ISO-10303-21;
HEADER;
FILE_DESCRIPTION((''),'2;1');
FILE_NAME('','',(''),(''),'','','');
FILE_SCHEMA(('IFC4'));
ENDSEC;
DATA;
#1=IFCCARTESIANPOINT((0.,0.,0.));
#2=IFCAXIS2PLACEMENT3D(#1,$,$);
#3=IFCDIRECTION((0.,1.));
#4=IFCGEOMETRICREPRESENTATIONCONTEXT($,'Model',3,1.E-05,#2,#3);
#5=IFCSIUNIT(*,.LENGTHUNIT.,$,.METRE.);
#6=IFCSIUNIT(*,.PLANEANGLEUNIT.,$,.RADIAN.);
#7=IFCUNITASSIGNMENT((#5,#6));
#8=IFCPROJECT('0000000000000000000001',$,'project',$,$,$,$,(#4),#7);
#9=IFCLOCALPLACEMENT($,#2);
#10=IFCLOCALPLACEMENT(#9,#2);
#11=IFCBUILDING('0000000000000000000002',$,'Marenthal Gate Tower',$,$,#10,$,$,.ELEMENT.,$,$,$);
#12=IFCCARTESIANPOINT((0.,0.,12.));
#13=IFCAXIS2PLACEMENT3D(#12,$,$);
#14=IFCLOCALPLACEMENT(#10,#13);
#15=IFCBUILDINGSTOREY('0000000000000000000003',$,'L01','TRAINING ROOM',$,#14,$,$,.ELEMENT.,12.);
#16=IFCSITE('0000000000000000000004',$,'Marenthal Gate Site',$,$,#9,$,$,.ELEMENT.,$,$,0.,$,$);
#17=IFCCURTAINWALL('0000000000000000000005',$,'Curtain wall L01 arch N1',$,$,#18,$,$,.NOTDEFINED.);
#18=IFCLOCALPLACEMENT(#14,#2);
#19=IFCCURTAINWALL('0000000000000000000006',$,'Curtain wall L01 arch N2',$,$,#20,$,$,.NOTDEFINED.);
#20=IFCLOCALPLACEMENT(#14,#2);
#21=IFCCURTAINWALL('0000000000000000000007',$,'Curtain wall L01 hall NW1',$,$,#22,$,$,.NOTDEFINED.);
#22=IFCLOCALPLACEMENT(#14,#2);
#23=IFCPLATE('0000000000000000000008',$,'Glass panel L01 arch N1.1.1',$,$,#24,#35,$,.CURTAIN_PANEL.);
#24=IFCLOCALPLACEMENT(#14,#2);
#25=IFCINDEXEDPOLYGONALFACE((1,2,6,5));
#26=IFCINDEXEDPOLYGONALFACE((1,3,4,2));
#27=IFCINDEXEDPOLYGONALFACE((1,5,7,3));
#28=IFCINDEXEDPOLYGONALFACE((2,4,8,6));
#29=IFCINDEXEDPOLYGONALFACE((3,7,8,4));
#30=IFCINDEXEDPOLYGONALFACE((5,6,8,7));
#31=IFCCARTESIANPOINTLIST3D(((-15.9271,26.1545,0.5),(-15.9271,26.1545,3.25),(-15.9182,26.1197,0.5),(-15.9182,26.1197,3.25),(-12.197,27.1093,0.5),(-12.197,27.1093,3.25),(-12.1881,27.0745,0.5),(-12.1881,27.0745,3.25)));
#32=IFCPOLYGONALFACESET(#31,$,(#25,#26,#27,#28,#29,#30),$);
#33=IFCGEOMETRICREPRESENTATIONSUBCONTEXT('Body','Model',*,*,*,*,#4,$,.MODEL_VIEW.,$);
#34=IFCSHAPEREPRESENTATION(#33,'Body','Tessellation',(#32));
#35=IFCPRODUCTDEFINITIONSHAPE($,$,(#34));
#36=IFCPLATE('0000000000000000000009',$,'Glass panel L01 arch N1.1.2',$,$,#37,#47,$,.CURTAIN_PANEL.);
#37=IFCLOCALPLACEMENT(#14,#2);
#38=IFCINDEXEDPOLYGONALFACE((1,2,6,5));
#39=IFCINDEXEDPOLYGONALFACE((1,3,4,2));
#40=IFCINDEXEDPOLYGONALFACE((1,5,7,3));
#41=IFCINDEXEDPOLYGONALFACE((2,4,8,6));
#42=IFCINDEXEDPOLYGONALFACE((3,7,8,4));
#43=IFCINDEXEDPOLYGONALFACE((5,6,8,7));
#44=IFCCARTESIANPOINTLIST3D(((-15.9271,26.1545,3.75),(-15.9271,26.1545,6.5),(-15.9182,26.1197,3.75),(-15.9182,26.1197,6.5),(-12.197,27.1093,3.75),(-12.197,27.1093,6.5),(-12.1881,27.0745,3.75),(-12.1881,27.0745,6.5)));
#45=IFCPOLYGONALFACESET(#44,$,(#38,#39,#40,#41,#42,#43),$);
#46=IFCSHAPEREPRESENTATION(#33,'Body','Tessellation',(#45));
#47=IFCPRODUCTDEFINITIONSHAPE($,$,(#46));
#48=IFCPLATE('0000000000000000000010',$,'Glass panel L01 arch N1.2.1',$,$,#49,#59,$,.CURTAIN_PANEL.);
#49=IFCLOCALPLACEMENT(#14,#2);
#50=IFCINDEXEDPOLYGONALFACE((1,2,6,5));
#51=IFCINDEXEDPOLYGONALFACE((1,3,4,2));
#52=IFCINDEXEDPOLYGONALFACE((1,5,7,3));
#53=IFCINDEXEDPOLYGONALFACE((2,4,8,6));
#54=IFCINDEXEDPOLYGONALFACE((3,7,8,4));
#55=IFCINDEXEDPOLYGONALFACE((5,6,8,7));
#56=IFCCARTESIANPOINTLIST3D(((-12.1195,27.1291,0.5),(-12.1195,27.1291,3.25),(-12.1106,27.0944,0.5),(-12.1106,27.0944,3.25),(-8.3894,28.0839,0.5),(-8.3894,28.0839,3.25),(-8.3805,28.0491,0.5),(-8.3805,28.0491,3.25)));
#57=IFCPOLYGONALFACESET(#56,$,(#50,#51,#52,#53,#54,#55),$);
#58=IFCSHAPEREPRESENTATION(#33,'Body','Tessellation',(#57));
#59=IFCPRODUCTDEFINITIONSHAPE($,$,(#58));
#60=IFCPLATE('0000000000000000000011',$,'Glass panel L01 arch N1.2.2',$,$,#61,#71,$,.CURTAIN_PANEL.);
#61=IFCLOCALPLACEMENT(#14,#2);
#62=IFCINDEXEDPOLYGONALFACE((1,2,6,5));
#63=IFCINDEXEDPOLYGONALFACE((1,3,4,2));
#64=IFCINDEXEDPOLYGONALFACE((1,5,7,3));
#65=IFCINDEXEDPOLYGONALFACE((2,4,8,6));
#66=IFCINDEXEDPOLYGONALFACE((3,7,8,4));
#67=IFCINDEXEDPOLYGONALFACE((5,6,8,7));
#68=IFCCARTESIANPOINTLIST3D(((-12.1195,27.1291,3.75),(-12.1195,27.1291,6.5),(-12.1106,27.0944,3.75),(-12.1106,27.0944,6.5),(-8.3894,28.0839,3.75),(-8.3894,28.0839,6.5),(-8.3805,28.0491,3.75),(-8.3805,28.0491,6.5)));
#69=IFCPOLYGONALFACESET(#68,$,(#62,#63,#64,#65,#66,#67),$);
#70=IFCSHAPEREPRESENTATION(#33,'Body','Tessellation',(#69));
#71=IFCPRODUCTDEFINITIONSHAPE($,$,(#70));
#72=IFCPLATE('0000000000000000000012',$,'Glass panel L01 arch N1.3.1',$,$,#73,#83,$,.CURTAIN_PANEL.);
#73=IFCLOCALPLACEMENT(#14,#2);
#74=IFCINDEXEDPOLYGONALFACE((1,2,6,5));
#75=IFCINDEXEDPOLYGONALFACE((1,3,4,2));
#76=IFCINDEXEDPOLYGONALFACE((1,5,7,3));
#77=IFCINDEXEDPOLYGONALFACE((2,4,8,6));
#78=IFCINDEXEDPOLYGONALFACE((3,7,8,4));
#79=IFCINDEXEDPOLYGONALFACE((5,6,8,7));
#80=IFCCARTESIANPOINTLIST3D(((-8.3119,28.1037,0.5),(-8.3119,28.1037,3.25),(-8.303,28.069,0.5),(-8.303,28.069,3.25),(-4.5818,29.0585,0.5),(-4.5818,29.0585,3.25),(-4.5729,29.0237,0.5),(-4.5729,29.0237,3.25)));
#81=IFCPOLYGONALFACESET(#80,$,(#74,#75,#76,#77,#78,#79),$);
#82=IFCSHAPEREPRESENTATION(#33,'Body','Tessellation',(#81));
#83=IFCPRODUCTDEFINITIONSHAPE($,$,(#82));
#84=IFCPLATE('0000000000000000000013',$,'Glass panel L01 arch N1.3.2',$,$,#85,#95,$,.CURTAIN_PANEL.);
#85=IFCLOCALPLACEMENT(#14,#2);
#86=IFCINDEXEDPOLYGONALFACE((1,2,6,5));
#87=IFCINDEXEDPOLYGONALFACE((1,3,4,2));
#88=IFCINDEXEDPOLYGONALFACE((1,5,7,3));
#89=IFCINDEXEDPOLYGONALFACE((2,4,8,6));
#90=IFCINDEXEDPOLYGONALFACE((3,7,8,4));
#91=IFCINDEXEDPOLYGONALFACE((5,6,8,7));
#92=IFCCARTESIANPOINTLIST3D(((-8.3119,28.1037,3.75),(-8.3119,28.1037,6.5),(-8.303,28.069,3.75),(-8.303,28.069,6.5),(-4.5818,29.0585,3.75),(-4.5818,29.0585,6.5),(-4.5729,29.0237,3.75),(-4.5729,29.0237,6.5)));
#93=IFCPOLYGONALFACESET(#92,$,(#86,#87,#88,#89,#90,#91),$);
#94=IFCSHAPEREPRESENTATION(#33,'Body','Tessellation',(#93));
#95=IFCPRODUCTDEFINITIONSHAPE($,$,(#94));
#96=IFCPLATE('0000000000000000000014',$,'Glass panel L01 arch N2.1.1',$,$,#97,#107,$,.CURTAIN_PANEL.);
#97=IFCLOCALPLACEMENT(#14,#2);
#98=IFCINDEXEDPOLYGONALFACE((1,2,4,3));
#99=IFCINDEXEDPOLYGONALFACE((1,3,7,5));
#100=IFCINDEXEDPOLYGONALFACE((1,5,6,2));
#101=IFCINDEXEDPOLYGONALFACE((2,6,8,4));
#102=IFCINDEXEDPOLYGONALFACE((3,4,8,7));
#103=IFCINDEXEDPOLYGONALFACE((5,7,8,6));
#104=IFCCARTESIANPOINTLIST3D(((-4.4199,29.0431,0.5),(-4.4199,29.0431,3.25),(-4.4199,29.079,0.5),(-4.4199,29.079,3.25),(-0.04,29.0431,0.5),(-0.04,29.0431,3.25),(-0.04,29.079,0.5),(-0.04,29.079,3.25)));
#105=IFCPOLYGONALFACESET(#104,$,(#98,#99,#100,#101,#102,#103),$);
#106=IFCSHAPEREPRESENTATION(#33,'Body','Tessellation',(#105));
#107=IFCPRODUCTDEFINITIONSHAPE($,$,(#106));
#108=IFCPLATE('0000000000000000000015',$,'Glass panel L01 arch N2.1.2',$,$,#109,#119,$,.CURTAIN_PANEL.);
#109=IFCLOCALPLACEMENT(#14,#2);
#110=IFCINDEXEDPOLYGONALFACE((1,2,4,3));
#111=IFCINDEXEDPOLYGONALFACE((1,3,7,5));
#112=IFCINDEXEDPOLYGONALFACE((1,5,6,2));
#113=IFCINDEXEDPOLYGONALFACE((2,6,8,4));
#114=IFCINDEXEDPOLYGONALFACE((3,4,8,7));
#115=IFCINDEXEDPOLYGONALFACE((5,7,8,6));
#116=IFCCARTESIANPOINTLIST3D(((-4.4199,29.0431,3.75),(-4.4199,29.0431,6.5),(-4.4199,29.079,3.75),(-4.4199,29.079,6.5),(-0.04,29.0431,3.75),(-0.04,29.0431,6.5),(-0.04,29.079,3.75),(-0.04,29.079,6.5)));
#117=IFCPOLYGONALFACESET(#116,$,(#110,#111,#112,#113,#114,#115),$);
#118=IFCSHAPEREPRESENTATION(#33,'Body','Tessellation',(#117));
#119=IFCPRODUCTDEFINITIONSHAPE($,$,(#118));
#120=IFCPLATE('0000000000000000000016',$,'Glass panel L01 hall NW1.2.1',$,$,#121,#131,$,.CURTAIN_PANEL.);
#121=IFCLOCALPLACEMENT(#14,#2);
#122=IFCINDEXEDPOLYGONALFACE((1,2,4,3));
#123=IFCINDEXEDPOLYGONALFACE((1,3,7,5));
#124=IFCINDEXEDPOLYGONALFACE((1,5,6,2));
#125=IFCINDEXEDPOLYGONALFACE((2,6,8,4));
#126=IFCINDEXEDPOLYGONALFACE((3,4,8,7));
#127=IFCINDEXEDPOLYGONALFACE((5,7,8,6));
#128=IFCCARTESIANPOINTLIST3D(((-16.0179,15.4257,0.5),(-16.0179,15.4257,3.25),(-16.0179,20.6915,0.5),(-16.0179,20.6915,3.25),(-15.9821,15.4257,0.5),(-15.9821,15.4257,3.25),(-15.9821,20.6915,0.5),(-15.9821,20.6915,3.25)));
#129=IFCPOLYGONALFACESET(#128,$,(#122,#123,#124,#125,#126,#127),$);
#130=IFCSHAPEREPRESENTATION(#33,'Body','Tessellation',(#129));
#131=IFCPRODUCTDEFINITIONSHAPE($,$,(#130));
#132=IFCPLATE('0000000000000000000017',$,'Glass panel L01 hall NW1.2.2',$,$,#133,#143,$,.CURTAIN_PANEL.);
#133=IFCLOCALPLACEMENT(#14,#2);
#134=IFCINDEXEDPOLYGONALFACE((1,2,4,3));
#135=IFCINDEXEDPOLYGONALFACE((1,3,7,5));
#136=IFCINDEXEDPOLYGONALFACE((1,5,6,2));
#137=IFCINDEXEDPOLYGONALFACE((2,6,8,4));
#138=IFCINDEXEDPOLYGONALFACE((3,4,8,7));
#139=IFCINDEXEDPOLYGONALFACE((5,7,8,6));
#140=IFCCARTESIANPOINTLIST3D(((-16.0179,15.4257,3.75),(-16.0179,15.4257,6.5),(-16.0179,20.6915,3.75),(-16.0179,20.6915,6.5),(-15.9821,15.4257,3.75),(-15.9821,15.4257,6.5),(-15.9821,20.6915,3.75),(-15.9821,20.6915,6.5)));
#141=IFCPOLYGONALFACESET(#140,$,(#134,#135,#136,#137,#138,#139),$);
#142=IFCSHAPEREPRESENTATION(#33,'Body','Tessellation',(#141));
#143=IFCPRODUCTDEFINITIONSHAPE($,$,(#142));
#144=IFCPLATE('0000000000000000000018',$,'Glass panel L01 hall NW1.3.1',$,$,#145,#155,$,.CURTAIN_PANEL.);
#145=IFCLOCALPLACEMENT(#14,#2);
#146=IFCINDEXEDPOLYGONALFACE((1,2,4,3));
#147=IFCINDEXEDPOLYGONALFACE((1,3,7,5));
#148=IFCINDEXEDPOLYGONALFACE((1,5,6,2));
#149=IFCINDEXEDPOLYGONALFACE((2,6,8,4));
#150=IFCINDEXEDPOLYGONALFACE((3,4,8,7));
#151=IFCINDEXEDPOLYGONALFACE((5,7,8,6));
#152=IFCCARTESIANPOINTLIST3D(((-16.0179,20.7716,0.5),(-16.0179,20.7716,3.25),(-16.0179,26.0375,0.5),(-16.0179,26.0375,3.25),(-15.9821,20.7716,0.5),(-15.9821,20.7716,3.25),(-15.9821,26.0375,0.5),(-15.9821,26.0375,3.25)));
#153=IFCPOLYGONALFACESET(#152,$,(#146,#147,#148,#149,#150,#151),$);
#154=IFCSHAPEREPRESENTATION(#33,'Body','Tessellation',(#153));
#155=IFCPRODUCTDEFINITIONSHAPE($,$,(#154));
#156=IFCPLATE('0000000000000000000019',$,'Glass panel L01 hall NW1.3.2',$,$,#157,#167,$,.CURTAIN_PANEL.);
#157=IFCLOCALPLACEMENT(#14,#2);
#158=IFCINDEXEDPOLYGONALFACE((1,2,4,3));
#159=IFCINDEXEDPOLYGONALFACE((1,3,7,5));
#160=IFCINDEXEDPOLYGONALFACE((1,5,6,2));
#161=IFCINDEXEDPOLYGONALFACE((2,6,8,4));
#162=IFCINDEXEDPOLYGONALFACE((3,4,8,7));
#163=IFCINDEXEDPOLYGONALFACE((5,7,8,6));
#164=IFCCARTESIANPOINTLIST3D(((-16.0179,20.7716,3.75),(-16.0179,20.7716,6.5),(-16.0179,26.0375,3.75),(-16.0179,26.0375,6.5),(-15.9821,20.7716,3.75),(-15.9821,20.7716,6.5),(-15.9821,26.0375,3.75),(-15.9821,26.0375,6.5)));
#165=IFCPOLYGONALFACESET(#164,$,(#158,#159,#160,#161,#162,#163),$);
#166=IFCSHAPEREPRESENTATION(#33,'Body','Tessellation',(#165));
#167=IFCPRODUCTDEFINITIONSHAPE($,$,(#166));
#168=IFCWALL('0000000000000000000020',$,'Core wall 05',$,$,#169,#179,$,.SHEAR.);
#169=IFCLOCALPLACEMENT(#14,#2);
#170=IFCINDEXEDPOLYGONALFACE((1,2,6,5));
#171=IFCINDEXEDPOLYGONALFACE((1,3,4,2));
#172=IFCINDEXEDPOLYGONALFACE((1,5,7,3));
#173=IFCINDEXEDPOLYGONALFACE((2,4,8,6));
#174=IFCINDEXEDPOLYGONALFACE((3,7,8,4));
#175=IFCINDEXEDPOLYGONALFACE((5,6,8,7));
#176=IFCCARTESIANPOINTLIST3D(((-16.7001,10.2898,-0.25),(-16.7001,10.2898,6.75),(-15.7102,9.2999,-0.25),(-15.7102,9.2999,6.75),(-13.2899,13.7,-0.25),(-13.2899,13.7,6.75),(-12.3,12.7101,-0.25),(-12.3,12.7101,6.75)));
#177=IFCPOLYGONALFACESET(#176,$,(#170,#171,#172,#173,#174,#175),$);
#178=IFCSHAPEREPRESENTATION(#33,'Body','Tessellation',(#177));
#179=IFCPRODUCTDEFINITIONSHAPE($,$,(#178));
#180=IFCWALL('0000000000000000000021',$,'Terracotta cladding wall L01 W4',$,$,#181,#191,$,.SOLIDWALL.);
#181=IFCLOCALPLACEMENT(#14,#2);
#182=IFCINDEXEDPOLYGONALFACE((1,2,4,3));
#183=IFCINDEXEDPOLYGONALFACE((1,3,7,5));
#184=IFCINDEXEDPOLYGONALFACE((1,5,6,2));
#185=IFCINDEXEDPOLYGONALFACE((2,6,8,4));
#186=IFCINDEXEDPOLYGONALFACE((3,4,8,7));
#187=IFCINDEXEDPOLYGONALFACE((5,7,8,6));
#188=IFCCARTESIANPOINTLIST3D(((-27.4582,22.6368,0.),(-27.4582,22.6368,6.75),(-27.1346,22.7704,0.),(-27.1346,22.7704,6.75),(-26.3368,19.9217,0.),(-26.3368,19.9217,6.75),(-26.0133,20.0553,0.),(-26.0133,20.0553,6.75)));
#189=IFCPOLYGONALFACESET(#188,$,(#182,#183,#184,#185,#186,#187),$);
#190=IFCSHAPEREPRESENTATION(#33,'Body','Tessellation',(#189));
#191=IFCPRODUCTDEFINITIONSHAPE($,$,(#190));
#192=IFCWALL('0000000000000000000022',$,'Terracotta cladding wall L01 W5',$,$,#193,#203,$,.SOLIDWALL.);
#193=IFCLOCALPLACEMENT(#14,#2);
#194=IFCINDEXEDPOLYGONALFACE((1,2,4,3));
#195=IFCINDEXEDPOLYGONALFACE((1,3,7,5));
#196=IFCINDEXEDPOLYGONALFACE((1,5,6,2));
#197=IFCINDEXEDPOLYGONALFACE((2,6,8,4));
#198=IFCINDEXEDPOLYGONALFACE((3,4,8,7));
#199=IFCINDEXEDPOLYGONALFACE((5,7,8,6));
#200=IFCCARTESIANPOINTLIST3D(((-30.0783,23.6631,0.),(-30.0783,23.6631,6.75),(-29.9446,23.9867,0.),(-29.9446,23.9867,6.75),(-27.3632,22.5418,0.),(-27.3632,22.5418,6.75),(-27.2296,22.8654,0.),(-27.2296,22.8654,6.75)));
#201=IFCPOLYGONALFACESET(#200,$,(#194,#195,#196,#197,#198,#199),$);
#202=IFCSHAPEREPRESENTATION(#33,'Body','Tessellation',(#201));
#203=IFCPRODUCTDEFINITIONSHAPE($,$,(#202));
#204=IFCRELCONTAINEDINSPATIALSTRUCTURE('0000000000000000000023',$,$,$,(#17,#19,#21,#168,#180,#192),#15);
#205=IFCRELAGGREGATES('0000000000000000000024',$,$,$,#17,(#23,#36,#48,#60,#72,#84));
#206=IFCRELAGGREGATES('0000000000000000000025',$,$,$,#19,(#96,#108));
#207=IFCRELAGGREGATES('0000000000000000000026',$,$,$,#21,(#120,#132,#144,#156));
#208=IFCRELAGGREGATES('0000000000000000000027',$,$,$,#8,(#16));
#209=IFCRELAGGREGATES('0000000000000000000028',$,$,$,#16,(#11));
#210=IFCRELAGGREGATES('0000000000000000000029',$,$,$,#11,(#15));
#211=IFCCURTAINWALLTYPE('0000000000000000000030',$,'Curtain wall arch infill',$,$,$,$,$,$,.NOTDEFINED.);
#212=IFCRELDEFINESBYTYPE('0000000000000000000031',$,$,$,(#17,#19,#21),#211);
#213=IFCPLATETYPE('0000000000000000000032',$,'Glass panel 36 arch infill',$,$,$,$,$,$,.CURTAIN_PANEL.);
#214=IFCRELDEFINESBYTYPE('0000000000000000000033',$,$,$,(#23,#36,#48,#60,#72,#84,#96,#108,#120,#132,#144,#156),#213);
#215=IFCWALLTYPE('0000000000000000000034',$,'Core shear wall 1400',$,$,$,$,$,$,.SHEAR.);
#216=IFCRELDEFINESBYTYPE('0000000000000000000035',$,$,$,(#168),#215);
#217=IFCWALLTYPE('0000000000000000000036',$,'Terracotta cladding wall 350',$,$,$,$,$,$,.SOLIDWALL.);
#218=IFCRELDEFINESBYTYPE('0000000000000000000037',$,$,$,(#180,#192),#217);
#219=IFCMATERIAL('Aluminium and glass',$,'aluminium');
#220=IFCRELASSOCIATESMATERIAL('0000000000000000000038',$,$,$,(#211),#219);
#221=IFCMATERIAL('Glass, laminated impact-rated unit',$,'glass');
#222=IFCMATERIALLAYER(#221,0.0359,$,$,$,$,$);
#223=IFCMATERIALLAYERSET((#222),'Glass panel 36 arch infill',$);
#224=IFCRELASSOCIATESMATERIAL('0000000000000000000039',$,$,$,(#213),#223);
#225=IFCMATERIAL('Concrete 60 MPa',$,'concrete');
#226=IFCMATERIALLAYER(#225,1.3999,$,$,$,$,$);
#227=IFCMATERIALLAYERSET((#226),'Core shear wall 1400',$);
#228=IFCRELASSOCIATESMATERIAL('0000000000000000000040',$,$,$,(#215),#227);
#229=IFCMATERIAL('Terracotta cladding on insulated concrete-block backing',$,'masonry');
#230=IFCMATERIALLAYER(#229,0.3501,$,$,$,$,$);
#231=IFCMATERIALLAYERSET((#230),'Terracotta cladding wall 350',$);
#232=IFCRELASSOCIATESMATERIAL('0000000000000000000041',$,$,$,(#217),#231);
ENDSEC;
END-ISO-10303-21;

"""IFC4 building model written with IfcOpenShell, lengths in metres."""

from ifc_helpers import new_model, si_unit, direction, frame, frame_2d, origin, origin_2d, place, context, subcontext, project, spatial, rectangle, extrude, material, layer, layer_set, type_object, element, aggregate, save


model = new_model("IFC4")

# Units and contexts
model_context = context("Model", 3, precision=1e-05, world=origin(), true_north=direction((0.0, 1.0)))
body_context = subcontext(model_context, "Body", "Model", "MODEL_VIEW")
ifc_project = project(units=[si_unit("LENGTHUNIT", "METRE"), si_unit("PLANEANGLEUNIT", "RADIAN")], contexts=[model_context])

# Site, building, storey
site_placement = place(None, origin())
site = spatial("IfcSite", under=ifc_project, at=site_placement, Name="Marenthal Gate Site", CompositionType="ELEMENT", RefElevation=0.0)
building_placement = place(site_placement, origin())
building = spatial("IfcBuilding", under=site, at=building_placement, Name="Marenthal Gate Tower", CompositionType="ELEMENT")
storey_placement = place(building_placement, frame((0.0, 0.0, 12.0)))
storey = spatial("IfcBuildingStorey", under=building, at=storey_placement, Name="L01", Description="TRAINING ROOM", CompositionType="ELEMENT", Elevation=12.0)

# Curtain wall
ifc_material_1 = material(Name="Aluminium and glass", Category="aluminium")
curtain_wall_type = type_object("IfcCurtainWallType", Name="Curtain wall arch infill", PredefinedType="NOTDEFINED", material=ifc_material_1)
curtain_wall_1_placement = place(storey_placement, origin())
curtain_wall_1 = element("IfcCurtainWall", 1, at=curtain_wall_1_placement, inside=storey, type_object=curtain_wall_type, Name="Curtain wall L01 arch N1", PredefinedType="NOTDEFINED")

# Curtain wall
curtain_wall_2_placement = place(storey_placement, origin())
curtain_wall_2 = element("IfcCurtainWall", 2, at=curtain_wall_2_placement, inside=storey, type_object=curtain_wall_type, Name="Curtain wall L01 arch N2", PredefinedType="NOTDEFINED")

# Curtain wall
curtain_wall_3_placement = place(storey_placement, origin())
curtain_wall_3 = element("IfcCurtainWall", 3, at=curtain_wall_3_placement, inside=storey, type_object=curtain_wall_type, Name="Curtain wall L01 hall NW1", PredefinedType="NOTDEFINED")

# Plates
ifc_material_2 = material(Name="Glass, laminated impact-rated unit", Category="glass")
ifc_layer_1 = layer(ifc_material_2, 0.0359)
ifc_layer_set_1 = layer_set([ifc_layer_1], Name="Glass panel 36 arch infill")
plate_type = type_object("IfcPlateType", Name="Glass panel 36 arch infill", PredefinedType="CURTAIN_PANEL", material=ifc_layer_set_1)
plate_1_placement = place(storey_placement, frame((-14.0576, 26.6145, 0.5), z_axis=(0.0, 0.0, 1.0), x_axis=(0.968769, 0.247965, 0.0)))
plate_1 = element("IfcPlate", 4, at=plate_1_placement, type_object=plate_type, Name="Glass panel L01 arch N1.1.1", PredefinedType="CURTAIN_PANEL", context=body_context, shape_type="SweptSolid", body=[
    extrude(rectangle(XDim=3.8503, YDim=0.0359, at=origin_2d()), origin(), (0.0, 0.0, 1.0), 2.75),
])
plate_2_placement = place(storey_placement, frame((-14.0576, 26.6145, 3.75), z_axis=(0.0, 0.0, 1.0), x_axis=(0.968769, 0.247965, 0.0)))
plate_2 = element("IfcPlate", 5, at=plate_2_placement, type_object=plate_type, Name="Glass panel L01 arch N1.1.2", PredefinedType="CURTAIN_PANEL", context=body_context, shape_type="SweptSolid", body=[
    extrude(rectangle(XDim=3.8503, YDim=0.0359, at=origin_2d()), origin(), (0.0, 0.0, 1.0), 2.75),
])
plate_3_placement = place(storey_placement, frame((-10.25, 27.5891, 0.5), z_axis=(0.0, 0.0, 1.0), x_axis=(0.968769, 0.247965, 0.0)))
plate_3 = element("IfcPlate", 6, at=plate_3_placement, type_object=plate_type, Name="Glass panel L01 arch N1.2.1", PredefinedType="CURTAIN_PANEL", context=body_context, shape_type="SweptSolid", body=[
    extrude(rectangle(XDim=3.8503, YDim=0.0359, at=origin_2d()), origin(), (0.0, 0.0, 1.0), 2.75),
])
plate_4_placement = place(storey_placement, frame((-10.25, 27.5891, 3.75), z_axis=(0.0, 0.0, 1.0), x_axis=(0.968769, 0.247965, 0.0)))
plate_4 = element("IfcPlate", 7, at=plate_4_placement, type_object=plate_type, Name="Glass panel L01 arch N1.2.2", PredefinedType="CURTAIN_PANEL", context=body_context, shape_type="SweptSolid", body=[
    extrude(rectangle(XDim=3.8503, YDim=0.0359, at=origin_2d()), origin(), (0.0, 0.0, 1.0), 2.75),
])
plate_5_placement = place(storey_placement, frame((-6.4424, 28.5637, 0.5), z_axis=(0.0, 0.0, 1.0), x_axis=(0.968769, 0.247965, 0.0)))
plate_5 = element("IfcPlate", 8, at=plate_5_placement, type_object=plate_type, Name="Glass panel L01 arch N1.3.1", PredefinedType="CURTAIN_PANEL", context=body_context, shape_type="SweptSolid", body=[
    extrude(rectangle(XDim=3.8503, YDim=0.0359, at=origin_2d()), origin(), (0.0, 0.0, 1.0), 2.75),
])
plate_6_placement = place(storey_placement, frame((-6.4424, 28.5637, 3.75), z_axis=(0.0, 0.0, 1.0), x_axis=(0.968769, 0.247965, 0.0)))
plate_6 = element("IfcPlate", 9, at=plate_6_placement, type_object=plate_type, Name="Glass panel L01 arch N1.3.2", PredefinedType="CURTAIN_PANEL", context=body_context, shape_type="SweptSolid", body=[
    extrude(rectangle(XDim=3.8503, YDim=0.0359, at=origin_2d()), origin(), (0.0, 0.0, 1.0), 2.75),
])
aggregate(curtain_wall_1, [plate_1, plate_2, plate_3, plate_4, plate_5, plate_6])
plate_7_placement = place(storey_placement, frame((-2.23, 29.061, 0.5), z_axis=(0.0, 0.0, 1.0), x_axis=(1.0, 0.0, 0.0)))
plate_7 = element("IfcPlate", 10, at=plate_7_placement, type_object=plate_type, Name="Glass panel L01 arch N2.1.1", PredefinedType="CURTAIN_PANEL", context=body_context, shape_type="SweptSolid", body=[
    extrude(rectangle(XDim=4.3799, YDim=0.0359, at=origin_2d()), origin(), (0.0, 0.0, 1.0), 2.75),
])
plate_8_placement = place(storey_placement, frame((-2.23, 29.061, 3.75), z_axis=(0.0, 0.0, 1.0), x_axis=(1.0, 0.0, 0.0)))
plate_8 = element("IfcPlate", 11, at=plate_8_placement, type_object=plate_type, Name="Glass panel L01 arch N2.1.2", PredefinedType="CURTAIN_PANEL", context=body_context, shape_type="SweptSolid", body=[
    extrude(rectangle(XDim=4.3799, YDim=0.0359, at=origin_2d()), origin(), (0.0, 0.0, 1.0), 2.75),
])
aggregate(curtain_wall_2, [plate_7, plate_8])
plate_9_placement = place(storey_placement, frame((-16.0, 18.0586, 0.5), z_axis=(0.0, 0.0, 1.0), x_axis=(0.0, 1.0, 0.0)))
plate_9 = element("IfcPlate", 12, at=plate_9_placement, type_object=plate_type, Name="Glass panel L01 hall NW1.2.1", PredefinedType="CURTAIN_PANEL", context=body_context, shape_type="SweptSolid", body=[
    extrude(rectangle(XDim=5.2659, YDim=0.0359, at=origin_2d()), origin(), (0.0, 0.0, 1.0), 2.75),
])
plate_10_placement = place(storey_placement, frame((-16.0, 18.0586, 3.75), z_axis=(0.0, 0.0, 1.0), x_axis=(0.0, 1.0, 0.0)))
plate_10 = element("IfcPlate", 13, at=plate_10_placement, type_object=plate_type, Name="Glass panel L01 hall NW1.2.2", PredefinedType="CURTAIN_PANEL", context=body_context, shape_type="SweptSolid", body=[
    extrude(rectangle(XDim=5.2659, YDim=0.0359, at=origin_2d()), origin(), (0.0, 0.0, 1.0), 2.75),
])
plate_11_placement = place(storey_placement, frame((-16.0, 23.4045, 0.5), z_axis=(0.0, 0.0, 1.0), x_axis=(0.0, 1.0, 0.0)))
plate_11 = element("IfcPlate", 14, at=plate_11_placement, type_object=plate_type, Name="Glass panel L01 hall NW1.3.1", PredefinedType="CURTAIN_PANEL", context=body_context, shape_type="SweptSolid", body=[
    extrude(rectangle(XDim=5.2659, YDim=0.0359, at=origin_2d()), origin(), (0.0, 0.0, 1.0), 2.75),
])
plate_12_placement = place(storey_placement, frame((-16.0, 23.4045, 3.75), z_axis=(0.0, 0.0, 1.0), x_axis=(0.0, 1.0, 0.0)))
plate_12 = element("IfcPlate", 15, at=plate_12_placement, type_object=plate_type, Name="Glass panel L01 hall NW1.3.2", PredefinedType="CURTAIN_PANEL", context=body_context, shape_type="SweptSolid", body=[
    extrude(rectangle(XDim=5.2659, YDim=0.0359, at=origin_2d()), origin(), (0.0, 0.0, 1.0), 2.75),
])
aggregate(curtain_wall_3, [plate_9, plate_10, plate_11, plate_12])

# Walls
ifc_material_3 = material(Name="Concrete 60 MPa", Category="concrete")
ifc_layer_2 = layer(ifc_material_3, 1.3999)
ifc_layer_set_2 = layer_set([ifc_layer_2], Name="Core shear wall 1400")
wall_type_1 = type_object("IfcWallType", Name="Core shear wall 1400", PredefinedType="SHEAR", material=ifc_layer_set_2)
wall_placement = place(storey_placement, frame((-12.7949, 13.2051, -0.25), z_axis=(0.0, 0.0, 1.0), x_axis=(-0.707107, -0.707107, 0.0)))
element("IfcWall", 16, at=wall_placement, inside=storey, type_object=wall_type_1, Name="Core wall 05", PredefinedType="SHEAR", context=body_context, shape_type="SweptSolid", body=[
    extrude(rectangle(XDim=4.8228, YDim=1.3999, at=frame_2d((2.4114, 0.0))), origin(), (0.0, 0.0, 1.0), 7.0),
])
ifc_material_4 = material(Name="Terracotta cladding on insulated concrete-block backing", Category="masonry")
ifc_layer_3 = layer(ifc_material_4, 0.3501)
ifc_layer_set_3 = layer_set([ifc_layer_3], Name="Terracotta cladding wall 350")
wall_type_2 = type_object("IfcWallType", Name="Terracotta cladding wall 350", PredefinedType="SOLIDWALL", material=ifc_layer_set_3)
for number, where, z_axis, x_axis, name in (
    (17, (-26.175, 19.9885, 0.0), (0.0, 0.0, 1.0), (-0.381728, 0.924275, 0.0), "Terracotta cladding wall L01 W4"),
    (18, (-27.2964, 22.7036, 0.0), (0.0, 0.0, 1.0), (-0.924275, 0.381728, 0.0), "Terracotta cladding wall L01 W5"),
):
    element("IfcWall", number, at=place(storey_placement, frame(where, z_axis=z_axis, x_axis=x_axis)), inside=storey, type_object=wall_type_2, Name=name, PredefinedType="SOLIDWALL", context=body_context, shape_type="SweptSolid", body=[
        extrude(rectangle(XDim=2.9375, YDim=0.3501, at=frame_2d((1.4688, 0.0))), origin(), (0.0, 0.0, 1.0), 6.75),
    ])

save(model, "model.ifc")
